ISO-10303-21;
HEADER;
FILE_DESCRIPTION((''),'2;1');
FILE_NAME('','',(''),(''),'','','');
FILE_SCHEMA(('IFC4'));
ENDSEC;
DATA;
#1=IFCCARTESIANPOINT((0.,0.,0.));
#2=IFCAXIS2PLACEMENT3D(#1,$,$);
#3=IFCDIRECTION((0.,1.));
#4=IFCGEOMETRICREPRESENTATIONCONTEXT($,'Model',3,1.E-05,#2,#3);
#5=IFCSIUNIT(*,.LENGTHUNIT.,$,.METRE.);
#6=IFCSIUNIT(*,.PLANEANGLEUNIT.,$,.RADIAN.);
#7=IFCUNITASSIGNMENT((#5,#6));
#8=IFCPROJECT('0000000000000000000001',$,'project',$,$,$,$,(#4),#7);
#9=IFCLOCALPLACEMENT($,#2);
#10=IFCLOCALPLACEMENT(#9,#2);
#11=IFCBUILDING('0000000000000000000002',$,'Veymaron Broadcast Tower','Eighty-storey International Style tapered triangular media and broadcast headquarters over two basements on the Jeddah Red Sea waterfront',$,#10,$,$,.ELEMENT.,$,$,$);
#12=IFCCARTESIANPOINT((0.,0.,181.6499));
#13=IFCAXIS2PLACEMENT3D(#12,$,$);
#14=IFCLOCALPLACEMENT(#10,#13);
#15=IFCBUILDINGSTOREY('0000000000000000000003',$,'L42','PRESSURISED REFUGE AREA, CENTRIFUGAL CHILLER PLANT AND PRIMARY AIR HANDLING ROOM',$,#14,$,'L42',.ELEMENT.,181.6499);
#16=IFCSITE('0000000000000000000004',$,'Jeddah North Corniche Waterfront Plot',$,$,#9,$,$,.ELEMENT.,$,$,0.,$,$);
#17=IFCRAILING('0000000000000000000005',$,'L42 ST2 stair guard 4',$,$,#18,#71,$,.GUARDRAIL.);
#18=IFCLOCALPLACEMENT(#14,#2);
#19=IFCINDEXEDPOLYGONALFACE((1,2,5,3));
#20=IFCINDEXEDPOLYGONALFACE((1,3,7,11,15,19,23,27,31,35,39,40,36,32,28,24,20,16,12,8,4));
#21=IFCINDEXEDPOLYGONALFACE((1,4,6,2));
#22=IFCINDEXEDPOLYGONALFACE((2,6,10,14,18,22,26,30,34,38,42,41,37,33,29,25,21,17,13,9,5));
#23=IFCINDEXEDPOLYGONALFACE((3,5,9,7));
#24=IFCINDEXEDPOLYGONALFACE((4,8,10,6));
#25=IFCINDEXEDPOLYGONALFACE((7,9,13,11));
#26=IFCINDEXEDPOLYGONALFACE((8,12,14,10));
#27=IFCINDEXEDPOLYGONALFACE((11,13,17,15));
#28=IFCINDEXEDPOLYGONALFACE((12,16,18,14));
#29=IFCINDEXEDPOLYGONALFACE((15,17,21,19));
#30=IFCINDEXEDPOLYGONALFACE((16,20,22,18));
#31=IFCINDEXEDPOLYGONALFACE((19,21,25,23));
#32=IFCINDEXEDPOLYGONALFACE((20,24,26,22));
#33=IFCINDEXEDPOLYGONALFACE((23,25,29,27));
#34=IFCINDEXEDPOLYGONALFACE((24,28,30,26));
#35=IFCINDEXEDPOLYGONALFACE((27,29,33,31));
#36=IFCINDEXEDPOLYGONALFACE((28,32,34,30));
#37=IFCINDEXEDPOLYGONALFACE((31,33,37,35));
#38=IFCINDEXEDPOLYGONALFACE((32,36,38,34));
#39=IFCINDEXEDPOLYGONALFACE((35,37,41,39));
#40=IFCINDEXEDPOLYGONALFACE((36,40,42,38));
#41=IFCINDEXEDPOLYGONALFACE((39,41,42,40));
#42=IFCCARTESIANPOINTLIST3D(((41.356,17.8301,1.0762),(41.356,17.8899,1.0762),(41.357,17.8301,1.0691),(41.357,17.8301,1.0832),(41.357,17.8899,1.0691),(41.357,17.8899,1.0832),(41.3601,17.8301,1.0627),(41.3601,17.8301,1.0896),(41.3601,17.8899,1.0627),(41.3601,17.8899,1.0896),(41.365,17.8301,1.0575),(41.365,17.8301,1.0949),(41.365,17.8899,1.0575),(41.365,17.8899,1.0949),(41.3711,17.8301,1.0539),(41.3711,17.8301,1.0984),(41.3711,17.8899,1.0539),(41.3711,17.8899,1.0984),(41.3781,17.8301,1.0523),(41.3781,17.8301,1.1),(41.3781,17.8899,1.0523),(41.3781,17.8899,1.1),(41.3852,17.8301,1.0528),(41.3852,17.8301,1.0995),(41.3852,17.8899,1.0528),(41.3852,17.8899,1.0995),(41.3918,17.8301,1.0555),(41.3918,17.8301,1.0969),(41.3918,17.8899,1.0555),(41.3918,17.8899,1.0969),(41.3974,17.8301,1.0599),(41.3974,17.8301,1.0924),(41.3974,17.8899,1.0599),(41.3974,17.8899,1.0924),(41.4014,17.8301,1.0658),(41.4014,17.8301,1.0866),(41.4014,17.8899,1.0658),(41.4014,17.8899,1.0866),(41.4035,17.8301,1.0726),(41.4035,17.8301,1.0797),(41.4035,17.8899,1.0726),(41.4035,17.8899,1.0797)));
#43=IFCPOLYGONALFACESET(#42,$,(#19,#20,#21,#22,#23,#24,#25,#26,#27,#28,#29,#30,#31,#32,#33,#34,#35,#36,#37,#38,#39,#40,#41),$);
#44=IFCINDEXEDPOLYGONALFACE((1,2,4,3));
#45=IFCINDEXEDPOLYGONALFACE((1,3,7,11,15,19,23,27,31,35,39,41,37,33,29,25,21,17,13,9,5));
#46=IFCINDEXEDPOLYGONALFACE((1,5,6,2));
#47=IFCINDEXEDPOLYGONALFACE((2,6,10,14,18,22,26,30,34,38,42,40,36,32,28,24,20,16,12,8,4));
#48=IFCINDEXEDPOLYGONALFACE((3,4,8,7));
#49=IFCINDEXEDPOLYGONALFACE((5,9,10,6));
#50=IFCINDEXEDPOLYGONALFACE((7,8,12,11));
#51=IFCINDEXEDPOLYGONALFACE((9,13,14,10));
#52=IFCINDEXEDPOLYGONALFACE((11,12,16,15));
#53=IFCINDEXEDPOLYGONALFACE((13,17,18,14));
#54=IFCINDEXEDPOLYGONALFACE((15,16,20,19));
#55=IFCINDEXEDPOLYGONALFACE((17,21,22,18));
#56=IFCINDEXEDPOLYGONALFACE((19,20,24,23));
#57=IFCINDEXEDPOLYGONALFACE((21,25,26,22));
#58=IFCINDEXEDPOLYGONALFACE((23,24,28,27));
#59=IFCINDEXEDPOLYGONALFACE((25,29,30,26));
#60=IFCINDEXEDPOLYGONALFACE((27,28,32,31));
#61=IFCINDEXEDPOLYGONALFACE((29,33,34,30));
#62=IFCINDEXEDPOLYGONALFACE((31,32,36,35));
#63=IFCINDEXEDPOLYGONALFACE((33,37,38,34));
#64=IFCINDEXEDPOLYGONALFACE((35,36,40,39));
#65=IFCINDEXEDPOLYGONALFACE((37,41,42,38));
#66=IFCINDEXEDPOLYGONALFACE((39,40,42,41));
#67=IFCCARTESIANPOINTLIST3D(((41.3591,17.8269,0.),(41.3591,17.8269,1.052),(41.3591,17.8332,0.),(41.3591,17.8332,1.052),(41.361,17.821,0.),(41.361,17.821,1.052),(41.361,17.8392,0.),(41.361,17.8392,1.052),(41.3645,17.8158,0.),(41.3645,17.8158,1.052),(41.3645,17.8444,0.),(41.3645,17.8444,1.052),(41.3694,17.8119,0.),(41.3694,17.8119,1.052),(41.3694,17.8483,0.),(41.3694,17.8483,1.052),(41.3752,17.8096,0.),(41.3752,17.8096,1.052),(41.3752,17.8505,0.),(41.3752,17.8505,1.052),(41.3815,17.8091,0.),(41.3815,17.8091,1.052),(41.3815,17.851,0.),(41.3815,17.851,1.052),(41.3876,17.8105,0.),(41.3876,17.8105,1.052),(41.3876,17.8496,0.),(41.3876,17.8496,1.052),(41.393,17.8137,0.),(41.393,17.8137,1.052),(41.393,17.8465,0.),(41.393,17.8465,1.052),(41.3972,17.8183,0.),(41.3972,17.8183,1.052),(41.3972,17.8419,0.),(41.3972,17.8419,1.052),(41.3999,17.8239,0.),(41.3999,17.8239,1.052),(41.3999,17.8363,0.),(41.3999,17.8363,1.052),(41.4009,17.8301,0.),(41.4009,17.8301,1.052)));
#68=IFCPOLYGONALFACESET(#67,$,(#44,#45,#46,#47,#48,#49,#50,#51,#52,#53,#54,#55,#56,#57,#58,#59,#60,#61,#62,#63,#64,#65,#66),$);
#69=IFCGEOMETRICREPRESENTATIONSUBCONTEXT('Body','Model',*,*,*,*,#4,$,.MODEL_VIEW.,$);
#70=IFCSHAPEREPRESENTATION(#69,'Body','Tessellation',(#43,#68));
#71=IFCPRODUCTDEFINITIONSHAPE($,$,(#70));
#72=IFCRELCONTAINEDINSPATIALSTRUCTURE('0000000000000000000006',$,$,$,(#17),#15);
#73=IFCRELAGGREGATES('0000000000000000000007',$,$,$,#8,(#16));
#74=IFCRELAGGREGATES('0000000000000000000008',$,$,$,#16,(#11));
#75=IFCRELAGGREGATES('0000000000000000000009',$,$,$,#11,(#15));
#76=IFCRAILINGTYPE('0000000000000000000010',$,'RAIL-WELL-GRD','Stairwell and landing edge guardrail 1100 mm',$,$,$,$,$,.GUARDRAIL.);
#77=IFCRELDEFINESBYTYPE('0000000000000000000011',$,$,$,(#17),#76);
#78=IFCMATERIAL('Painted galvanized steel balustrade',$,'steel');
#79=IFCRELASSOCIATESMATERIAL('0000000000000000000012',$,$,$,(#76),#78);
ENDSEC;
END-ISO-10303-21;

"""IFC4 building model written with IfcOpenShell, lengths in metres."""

from ifc_helpers import new_model, si_unit, direction, frame, origin, origin_2d, place, context, subcontext, project, spatial, circle, extrude, material, type_object, element, save


model = new_model("IFC4")

# Units and contexts
model_context = context("Model", 3, precision=1e-05, world=origin(), true_north=direction((0.0, 1.0)))
body_context = subcontext(model_context, "Body", "Model", "MODEL_VIEW")
ifc_project = project(units=[si_unit("LENGTHUNIT", "METRE"), si_unit("PLANEANGLEUNIT", "RADIAN")], contexts=[model_context])

# Site, building, storey
site_placement = place(None, origin())
site = spatial("IfcSite", under=ifc_project, at=site_placement, Name="Jeddah North Corniche Waterfront Plot", CompositionType="ELEMENT", RefElevation=0.0)
building_placement = place(site_placement, origin())
building = spatial("IfcBuilding", under=site, at=building_placement, Name="Veymaron Broadcast Tower", Description="Eighty-storey International Style tapered triangular media and broadcast headquarters over two basements on the Jeddah Red Sea waterfront", CompositionType="ELEMENT")
storey_placement = place(building_placement, frame((0.0, 0.0, 181.6499)))
storey = spatial("IfcBuildingStorey", under=building, at=storey_placement, Name="L42", Description="PRESSURISED REFUGE AREA, CENTRIFUGAL CHILLER PLANT AND PRIMARY AIR HANDLING ROOM", LongName="L42", CompositionType="ELEMENT", Elevation=181.6499)

# Railing
ifc_material_1 = material(Name="Painted galvanized steel balustrade", Category="steel")
railing_type_1 = type_object("IfcRailingType", Name="RAIL-WELL-GRD", Description="Stairwell and landing edge guardrail 1100 mm", PredefinedType="GUARDRAIL", material=ifc_material_1)
railing_1_placement = place(storey_placement, frame((41.3799, 17.8301, 0.0)))
element("IfcRailing", 1, at=railing_1_placement, inside=storey, type_object=railing_type_1, Name="L42 ST2 stair guard 4", PredefinedType="GUARDRAIL", context=body_context, shape_type="SweptSolid", body=[
    extrude(circle(Radius=0.0239, at=origin_2d()), frame((0.0, 0.0, 1.0762), z_axis=(0.0, 1.0, 0.0), x_axis=(-1.0, 0.0, 0.0)), (0.0, 0.0, 1.0), 0.0598),
    extrude(circle(Radius=0.021, at=origin_2d()), origin(), (0.0, 0.0, 1.0), 1.052),
])

save(model, "model.ifc")
